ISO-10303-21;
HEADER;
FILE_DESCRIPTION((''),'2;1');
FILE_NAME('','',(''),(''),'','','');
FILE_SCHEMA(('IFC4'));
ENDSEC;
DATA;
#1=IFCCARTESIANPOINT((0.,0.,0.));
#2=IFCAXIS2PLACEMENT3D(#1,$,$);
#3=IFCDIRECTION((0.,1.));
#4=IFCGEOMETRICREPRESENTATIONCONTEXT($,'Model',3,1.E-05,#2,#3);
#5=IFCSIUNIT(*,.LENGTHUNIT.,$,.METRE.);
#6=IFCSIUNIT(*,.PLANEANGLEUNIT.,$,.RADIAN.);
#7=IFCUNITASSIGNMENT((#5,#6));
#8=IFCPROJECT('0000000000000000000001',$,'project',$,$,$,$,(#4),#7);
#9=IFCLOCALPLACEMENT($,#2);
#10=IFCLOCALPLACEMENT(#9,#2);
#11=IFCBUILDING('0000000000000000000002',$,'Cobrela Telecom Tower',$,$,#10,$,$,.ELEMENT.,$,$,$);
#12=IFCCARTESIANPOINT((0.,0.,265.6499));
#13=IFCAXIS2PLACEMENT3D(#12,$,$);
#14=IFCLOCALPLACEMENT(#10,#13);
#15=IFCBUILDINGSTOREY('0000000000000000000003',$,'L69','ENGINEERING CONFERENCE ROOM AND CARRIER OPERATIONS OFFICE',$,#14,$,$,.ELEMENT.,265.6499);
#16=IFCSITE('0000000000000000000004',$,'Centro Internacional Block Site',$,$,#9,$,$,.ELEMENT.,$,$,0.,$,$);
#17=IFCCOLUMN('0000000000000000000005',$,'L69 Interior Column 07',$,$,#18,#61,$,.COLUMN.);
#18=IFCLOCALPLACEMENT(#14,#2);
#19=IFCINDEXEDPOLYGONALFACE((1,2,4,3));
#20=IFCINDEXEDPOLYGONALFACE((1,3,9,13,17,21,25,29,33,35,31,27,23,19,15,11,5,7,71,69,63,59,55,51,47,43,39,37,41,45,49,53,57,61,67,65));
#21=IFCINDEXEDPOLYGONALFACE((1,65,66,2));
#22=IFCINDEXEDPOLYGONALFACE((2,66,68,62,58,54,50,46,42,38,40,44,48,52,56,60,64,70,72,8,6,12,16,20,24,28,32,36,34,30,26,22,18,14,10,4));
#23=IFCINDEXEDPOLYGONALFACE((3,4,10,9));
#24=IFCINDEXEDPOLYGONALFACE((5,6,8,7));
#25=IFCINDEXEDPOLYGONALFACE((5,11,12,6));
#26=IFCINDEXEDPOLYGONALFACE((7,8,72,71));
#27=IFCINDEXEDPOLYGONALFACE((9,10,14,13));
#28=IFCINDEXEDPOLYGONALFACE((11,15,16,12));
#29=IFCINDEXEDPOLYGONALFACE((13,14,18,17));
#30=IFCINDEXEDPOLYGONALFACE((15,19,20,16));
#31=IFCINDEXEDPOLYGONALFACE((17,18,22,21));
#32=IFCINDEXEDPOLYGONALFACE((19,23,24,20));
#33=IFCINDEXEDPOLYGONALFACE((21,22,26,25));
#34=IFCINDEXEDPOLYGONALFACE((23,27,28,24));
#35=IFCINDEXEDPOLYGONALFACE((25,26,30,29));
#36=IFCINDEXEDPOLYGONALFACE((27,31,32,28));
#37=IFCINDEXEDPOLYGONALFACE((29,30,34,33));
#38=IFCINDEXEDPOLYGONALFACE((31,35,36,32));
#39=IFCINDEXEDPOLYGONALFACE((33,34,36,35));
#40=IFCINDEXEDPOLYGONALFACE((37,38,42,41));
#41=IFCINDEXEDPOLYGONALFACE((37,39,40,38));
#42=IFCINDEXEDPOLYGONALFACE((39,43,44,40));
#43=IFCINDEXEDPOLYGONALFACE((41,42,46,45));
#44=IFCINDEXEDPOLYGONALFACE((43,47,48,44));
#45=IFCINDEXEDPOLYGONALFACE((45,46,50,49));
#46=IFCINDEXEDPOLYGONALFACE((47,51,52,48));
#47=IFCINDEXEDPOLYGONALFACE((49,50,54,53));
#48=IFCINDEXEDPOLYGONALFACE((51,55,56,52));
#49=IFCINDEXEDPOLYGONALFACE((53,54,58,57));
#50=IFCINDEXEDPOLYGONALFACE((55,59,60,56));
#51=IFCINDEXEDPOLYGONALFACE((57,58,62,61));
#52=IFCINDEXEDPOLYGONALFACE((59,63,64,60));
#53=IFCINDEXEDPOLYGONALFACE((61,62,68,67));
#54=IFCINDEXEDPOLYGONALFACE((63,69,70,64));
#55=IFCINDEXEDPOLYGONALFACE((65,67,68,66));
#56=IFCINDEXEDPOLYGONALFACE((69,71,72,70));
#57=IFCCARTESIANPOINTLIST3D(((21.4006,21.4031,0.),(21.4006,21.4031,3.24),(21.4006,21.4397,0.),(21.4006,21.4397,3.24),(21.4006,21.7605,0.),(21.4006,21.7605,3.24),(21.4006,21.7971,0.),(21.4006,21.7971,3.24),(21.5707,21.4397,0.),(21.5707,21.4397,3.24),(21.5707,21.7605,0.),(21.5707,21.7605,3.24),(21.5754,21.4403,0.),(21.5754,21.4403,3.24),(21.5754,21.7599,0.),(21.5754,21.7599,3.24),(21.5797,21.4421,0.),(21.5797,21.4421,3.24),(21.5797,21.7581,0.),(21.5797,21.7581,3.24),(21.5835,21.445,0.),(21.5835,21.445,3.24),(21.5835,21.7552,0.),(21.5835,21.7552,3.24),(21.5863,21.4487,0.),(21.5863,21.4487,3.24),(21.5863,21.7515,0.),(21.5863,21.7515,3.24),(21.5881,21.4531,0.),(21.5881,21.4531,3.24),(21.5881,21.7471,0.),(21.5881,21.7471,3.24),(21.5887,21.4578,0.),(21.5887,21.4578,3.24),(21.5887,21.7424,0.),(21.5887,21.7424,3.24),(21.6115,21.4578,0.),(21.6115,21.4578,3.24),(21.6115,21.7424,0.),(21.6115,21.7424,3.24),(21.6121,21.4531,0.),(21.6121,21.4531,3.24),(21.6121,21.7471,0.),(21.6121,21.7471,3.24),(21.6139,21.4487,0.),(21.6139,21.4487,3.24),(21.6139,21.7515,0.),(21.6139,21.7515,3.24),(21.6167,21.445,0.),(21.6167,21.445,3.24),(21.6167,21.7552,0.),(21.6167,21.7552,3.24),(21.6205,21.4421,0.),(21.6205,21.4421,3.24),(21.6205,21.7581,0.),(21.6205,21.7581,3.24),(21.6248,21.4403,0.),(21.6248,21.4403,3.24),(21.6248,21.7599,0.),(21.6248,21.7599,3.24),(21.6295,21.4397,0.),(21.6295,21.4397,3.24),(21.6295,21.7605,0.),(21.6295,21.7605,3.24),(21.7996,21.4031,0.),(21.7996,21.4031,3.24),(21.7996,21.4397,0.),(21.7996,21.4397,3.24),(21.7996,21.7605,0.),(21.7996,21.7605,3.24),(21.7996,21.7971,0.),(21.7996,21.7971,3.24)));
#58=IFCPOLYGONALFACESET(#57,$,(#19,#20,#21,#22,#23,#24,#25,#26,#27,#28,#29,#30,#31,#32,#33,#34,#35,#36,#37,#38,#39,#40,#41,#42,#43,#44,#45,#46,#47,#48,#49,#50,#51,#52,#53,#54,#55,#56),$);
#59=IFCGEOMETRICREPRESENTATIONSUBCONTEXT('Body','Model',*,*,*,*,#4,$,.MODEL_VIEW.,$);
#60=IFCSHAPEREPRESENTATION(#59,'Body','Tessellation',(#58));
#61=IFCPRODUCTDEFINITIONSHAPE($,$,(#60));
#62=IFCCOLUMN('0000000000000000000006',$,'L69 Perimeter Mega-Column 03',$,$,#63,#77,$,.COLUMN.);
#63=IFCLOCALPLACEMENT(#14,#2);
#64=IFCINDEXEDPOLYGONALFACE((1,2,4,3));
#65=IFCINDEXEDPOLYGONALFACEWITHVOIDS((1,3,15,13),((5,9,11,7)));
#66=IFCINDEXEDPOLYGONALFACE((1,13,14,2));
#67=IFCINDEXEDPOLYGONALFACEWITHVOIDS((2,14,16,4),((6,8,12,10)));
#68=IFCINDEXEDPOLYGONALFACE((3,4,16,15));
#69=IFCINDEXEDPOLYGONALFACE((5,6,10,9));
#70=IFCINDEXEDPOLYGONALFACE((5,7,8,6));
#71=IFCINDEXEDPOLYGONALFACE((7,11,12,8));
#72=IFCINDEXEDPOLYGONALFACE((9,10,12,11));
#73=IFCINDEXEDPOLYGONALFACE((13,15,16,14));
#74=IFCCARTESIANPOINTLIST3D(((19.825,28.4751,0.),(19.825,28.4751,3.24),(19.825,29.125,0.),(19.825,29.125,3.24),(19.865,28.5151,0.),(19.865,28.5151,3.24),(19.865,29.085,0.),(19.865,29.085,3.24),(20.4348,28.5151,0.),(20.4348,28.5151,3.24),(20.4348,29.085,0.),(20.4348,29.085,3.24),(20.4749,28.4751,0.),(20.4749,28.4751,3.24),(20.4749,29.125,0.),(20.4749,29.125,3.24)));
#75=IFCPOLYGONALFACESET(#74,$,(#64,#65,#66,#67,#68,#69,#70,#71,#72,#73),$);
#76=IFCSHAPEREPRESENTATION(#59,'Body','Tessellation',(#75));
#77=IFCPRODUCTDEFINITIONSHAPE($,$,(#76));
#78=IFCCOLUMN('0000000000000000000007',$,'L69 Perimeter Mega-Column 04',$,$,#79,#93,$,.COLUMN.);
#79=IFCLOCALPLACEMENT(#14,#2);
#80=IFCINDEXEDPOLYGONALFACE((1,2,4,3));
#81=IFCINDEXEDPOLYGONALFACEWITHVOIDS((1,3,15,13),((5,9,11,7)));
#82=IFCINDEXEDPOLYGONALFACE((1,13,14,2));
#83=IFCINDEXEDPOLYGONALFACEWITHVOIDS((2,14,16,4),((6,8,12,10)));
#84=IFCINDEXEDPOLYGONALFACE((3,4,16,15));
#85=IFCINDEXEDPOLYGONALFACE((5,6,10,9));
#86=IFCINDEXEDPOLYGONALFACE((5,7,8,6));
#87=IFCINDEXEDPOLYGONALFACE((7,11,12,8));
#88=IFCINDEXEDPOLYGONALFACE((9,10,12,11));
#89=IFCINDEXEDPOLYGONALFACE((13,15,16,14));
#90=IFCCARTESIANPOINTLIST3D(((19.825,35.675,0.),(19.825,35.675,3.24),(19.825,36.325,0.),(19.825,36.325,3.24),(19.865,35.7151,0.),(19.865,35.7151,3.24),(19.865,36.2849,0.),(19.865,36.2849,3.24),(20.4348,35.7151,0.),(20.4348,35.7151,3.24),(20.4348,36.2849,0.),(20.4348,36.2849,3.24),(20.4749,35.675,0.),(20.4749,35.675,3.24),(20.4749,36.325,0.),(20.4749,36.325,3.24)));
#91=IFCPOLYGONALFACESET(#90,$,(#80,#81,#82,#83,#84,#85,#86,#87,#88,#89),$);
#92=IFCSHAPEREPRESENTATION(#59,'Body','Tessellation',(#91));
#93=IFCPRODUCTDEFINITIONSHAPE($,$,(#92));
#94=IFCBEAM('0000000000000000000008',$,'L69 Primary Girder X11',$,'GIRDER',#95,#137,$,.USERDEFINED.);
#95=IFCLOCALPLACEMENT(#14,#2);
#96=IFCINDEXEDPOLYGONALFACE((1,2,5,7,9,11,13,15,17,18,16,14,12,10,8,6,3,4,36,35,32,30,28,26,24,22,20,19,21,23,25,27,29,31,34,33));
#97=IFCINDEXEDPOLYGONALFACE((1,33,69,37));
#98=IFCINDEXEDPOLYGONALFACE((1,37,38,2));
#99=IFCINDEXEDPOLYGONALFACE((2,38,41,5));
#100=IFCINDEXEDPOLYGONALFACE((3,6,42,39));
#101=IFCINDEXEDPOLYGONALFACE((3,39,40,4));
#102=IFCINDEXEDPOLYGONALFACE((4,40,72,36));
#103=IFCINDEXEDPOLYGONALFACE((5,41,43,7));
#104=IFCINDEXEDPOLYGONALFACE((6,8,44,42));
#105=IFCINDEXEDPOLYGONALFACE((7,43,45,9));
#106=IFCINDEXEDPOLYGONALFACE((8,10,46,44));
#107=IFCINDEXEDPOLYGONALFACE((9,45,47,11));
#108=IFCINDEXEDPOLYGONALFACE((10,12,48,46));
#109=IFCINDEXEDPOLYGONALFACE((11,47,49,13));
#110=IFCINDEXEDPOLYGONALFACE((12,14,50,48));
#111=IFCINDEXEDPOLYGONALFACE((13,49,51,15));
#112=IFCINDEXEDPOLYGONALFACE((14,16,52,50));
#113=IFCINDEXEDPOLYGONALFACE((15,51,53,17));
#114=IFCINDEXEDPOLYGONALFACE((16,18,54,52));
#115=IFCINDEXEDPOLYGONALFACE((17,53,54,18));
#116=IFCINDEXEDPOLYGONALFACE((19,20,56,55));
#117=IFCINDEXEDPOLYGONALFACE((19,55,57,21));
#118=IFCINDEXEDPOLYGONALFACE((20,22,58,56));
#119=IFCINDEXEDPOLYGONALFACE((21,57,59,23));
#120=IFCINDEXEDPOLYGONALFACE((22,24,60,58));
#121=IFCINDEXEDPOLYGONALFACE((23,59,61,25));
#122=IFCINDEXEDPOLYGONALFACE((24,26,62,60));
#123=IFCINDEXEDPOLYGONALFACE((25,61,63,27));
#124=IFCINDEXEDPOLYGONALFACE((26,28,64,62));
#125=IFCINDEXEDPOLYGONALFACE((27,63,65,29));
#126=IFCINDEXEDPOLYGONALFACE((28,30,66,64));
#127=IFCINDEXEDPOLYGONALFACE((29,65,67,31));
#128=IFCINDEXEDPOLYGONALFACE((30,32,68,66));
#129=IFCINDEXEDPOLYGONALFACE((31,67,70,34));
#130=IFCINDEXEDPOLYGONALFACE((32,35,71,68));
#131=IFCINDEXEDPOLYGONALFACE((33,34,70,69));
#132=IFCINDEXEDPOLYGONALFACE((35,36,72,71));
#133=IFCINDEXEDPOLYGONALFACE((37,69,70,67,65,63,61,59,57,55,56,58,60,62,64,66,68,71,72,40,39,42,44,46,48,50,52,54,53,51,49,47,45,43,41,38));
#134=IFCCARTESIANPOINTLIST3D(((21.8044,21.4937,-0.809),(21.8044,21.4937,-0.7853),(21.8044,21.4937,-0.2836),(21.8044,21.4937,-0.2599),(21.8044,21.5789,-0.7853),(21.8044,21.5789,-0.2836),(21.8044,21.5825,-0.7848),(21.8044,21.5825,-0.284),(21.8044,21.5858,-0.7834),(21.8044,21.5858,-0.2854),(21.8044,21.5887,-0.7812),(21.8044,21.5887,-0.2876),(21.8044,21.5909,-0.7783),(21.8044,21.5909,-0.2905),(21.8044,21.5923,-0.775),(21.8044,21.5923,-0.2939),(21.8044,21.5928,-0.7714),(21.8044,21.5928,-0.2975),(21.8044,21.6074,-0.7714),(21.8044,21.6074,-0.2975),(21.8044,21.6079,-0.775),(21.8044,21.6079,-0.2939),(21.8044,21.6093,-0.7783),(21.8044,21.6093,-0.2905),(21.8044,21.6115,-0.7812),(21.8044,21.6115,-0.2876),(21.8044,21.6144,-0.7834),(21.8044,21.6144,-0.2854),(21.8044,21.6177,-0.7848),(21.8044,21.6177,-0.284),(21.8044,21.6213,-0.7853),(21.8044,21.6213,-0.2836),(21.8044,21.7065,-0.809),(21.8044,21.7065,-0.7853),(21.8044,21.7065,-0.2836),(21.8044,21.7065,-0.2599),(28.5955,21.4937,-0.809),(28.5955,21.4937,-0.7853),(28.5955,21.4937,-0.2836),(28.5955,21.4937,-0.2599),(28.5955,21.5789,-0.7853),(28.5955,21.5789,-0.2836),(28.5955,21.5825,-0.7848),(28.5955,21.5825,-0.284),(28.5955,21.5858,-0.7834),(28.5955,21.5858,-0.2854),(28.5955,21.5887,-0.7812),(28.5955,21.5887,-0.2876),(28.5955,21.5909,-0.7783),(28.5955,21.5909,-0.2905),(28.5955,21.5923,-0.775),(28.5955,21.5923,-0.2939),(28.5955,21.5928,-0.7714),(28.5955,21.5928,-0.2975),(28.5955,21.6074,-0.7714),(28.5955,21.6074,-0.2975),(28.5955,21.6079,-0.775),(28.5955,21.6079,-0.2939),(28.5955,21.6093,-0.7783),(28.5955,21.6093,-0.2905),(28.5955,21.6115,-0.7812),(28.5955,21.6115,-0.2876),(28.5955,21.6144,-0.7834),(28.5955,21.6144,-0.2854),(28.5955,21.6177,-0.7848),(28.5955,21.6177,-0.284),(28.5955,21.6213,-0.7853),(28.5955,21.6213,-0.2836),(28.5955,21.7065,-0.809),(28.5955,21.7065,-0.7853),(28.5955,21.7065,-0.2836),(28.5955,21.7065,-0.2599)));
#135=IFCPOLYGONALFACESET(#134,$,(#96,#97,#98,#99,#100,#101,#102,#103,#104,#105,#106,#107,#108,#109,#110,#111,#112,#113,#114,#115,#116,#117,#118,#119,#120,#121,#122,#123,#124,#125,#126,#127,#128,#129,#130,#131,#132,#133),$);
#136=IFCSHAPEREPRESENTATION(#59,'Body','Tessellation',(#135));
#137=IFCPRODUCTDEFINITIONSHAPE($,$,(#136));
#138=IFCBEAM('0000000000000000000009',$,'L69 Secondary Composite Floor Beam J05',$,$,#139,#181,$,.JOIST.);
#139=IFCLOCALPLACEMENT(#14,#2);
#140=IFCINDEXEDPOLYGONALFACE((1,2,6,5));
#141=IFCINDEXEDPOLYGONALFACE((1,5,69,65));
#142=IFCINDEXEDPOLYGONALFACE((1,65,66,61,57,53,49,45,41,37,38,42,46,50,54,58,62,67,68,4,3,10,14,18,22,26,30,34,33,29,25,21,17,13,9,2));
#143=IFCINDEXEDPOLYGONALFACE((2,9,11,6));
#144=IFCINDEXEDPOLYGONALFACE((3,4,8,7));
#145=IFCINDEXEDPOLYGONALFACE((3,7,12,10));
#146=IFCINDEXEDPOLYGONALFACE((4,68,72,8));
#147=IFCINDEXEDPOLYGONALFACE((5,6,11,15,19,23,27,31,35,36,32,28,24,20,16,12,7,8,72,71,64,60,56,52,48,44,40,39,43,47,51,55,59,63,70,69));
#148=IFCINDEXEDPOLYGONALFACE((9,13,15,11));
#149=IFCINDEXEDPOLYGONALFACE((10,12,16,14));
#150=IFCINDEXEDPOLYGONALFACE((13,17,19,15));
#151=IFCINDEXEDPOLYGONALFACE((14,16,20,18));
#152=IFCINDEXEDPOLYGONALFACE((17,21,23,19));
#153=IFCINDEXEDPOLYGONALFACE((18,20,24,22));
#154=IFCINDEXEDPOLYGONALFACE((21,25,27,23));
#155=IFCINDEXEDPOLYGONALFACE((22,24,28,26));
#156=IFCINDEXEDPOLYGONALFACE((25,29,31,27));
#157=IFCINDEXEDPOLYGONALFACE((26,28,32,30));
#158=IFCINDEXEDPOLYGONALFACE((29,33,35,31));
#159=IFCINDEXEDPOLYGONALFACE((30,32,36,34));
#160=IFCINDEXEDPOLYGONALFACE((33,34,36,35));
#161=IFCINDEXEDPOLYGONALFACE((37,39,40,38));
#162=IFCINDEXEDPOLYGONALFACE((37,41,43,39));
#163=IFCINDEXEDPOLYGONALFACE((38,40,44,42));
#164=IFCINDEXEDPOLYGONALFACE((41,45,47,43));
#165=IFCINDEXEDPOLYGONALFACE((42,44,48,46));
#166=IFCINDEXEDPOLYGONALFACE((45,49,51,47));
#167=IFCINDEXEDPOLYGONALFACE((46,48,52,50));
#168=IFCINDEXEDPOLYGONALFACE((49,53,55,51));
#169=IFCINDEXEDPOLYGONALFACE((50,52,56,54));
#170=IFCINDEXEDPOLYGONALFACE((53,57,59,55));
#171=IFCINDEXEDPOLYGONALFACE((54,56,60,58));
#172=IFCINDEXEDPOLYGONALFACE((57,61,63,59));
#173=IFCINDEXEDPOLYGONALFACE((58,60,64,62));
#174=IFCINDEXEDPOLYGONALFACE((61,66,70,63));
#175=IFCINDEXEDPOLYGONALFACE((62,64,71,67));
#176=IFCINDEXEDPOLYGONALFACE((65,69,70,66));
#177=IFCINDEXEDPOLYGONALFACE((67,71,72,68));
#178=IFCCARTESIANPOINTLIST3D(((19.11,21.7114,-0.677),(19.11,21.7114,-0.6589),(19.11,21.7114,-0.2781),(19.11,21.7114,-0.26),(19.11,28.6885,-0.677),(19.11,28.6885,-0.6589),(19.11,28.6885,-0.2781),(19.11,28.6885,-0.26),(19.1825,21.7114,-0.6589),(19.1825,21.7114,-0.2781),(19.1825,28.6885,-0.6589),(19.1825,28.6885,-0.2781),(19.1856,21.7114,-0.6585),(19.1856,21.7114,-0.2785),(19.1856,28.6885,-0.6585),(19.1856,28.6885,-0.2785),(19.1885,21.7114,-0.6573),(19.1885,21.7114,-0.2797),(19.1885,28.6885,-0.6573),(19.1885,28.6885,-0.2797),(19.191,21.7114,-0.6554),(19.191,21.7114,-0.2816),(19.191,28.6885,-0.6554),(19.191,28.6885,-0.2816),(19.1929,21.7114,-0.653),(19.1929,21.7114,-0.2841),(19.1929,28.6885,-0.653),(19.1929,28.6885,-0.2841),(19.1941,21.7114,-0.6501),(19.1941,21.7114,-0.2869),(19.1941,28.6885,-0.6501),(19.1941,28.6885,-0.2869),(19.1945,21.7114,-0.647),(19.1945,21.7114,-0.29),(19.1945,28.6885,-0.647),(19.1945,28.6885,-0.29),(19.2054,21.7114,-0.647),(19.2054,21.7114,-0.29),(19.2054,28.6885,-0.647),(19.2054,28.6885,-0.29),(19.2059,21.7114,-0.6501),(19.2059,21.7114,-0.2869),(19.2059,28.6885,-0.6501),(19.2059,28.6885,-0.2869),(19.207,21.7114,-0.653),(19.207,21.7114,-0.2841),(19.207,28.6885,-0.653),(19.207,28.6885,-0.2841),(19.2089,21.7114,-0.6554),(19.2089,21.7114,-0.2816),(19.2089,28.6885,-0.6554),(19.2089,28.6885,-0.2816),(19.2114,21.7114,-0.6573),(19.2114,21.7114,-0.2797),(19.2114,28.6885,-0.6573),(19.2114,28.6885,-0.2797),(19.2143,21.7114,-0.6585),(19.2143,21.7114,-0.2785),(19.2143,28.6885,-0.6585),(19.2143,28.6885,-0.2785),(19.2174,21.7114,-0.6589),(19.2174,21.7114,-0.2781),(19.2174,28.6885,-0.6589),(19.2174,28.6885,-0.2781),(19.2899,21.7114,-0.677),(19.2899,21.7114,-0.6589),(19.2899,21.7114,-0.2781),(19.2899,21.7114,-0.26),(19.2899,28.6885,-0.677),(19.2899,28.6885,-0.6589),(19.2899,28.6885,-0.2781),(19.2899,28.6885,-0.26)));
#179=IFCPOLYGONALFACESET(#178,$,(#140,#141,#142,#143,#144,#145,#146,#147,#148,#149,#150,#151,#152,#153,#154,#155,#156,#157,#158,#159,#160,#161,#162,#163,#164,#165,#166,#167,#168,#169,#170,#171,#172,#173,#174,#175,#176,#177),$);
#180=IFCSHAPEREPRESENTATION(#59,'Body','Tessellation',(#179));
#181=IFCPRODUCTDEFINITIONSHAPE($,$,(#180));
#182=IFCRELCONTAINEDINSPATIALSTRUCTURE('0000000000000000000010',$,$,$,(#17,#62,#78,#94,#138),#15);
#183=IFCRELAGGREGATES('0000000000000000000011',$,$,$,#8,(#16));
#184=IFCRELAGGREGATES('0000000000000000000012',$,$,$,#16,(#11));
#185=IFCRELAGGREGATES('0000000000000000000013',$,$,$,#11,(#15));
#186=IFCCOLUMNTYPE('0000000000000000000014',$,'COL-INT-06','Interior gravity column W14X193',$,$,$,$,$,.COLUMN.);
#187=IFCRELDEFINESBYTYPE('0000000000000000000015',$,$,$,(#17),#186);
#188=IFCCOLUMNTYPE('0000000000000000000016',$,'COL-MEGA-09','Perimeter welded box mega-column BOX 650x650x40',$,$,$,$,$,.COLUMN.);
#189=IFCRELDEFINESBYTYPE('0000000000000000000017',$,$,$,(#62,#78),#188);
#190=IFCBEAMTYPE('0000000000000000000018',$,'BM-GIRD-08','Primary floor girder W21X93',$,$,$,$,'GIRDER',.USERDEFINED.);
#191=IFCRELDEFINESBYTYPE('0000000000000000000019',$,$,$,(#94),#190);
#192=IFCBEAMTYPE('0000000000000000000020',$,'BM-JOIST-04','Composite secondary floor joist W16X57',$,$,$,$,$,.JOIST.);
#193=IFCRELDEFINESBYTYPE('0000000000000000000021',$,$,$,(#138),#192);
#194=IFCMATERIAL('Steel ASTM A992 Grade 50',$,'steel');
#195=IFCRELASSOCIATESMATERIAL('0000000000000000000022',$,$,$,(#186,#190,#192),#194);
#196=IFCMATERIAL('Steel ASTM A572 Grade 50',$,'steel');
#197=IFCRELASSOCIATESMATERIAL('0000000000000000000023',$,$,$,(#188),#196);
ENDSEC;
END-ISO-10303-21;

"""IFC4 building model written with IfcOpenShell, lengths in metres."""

from ifc_helpers import new_model, si_unit, direction, frame, origin, origin_2d, place, context, subcontext, project, spatial, hollow_rectangle, i_section, extrude, material, material_profile, profile_set, type_object, element, save


model = new_model("IFC4")

# Units and contexts
model_context = context("Model", 3, precision=1e-05, world=origin(), true_north=direction((0.0, 1.0)))
body_context = subcontext(model_context, "Body", "Model", "MODEL_VIEW")
ifc_project = project(units=[si_unit("LENGTHUNIT", "METRE"), si_unit("PLANEANGLEUNIT", "RADIAN")], contexts=[model_context])

# Site, building, storey
site_placement = place(None, origin())
site = spatial("IfcSite", under=ifc_project, at=site_placement, Name="Centro Internacional Block Site", CompositionType="ELEMENT", RefElevation=0.0)
building_placement = place(site_placement, origin())
building = spatial("IfcBuilding", under=site, at=building_placement, Name="Cobrela Telecom Tower", CompositionType="ELEMENT")
storey_placement = place(building_placement, frame((0.0, 0.0, 265.6499)))
storey = spatial("IfcBuildingStorey", under=building, at=storey_placement, Name="L69", Description="ENGINEERING CONFERENCE ROOM AND CARRIER OPERATIONS OFFICE", CompositionType="ELEMENT", Elevation=265.6499)

# Columns
ifc_material_1 = material(Name="Steel ASTM A992 Grade 50", Category="steel")
ifc_material_profile_1 = material_profile(ifc_material_1, i_section(OverallWidth=0.3989, OverallDepth=0.394, WebThickness=0.0227, FlangeThickness=0.0366, FilletRadius=0.0181, at=origin_2d()), Name="W14X193")
ifc_profile_set_1 = profile_set([ifc_material_profile_1], Name="Steel ASTM A992 Grade 50")
column_type_1 = type_object("IfcColumnType", Name="COL-INT-06", Description="Interior gravity column W14X193", PredefinedType="COLUMN", material=ifc_profile_set_1)
column_placement = place(storey_placement, frame((21.6001, 21.6001, 0.0), z_axis=(0.0, 0.0, 1.0), x_axis=(1.0, 0.0, 0.0)))
element("IfcColumn", 1, at=column_placement, inside=storey, type_object=column_type_1, Name="L69 Interior Column 07", PredefinedType="COLUMN", context=body_context, shape_type="SweptSolid", body=[
    extrude(i_section(OverallWidth=0.3989, OverallDepth=0.394, WebThickness=0.0227, FlangeThickness=0.0366, FilletRadius=0.0181, at=origin_2d()), origin(), (0.0, 0.0, 1.0), 3.24),
])
ifc_material_2 = material(Name="Steel ASTM A572 Grade 50", Category="steel")
ifc_material_profile_2 = material_profile(ifc_material_2, hollow_rectangle(XDim=0.6499, YDim=0.6499, WallThickness=0.04, at=origin_2d()), Name="BOX 650x650x40")
ifc_profile_set_2 = profile_set([ifc_material_profile_2], Name="Steel ASTM A572 Grade 50")
column_type_2 = type_object("IfcColumnType", Name="COL-MEGA-09", Description="Perimeter welded box mega-column BOX 650x650x40", PredefinedType="COLUMN", material=ifc_profile_set_2)
for number, where, z_axis, x_axis, name in (
    (2, (20.1499, 28.8, 0.0), (0.0, 0.0, 1.0), (1.0, 0.0, 0.0), "L69 Perimeter Mega-Column 03"),
    (3, (20.1499, 36.0, 0.0), (0.0, 0.0, 1.0), (1.0, 0.0, 0.0), "L69 Perimeter Mega-Column 04"),
):
    element("IfcColumn", number, at=place(storey_placement, frame(where, z_axis=z_axis, x_axis=x_axis)), inside=storey, type_object=column_type_2, Name=name, PredefinedType="COLUMN", context=body_context, shape_type="SweptSolid", body=[
        extrude(hollow_rectangle(XDim=0.6499, YDim=0.6499, WallThickness=0.04, at=origin_2d()), origin(), (0.0, 0.0, 1.0), 3.24),
    ])

# Beams
ifc_material_profile_3 = material_profile(ifc_material_1, i_section(OverallWidth=0.2129, OverallDepth=0.5491, WebThickness=0.0146, FlangeThickness=0.0237, FilletRadius=0.0139, at=origin_2d()), Name="W21X93")
ifc_profile_set_3 = profile_set([ifc_material_profile_3], Name="Steel ASTM A992 Grade 50")
beam_type_1 = type_object("IfcBeamType", Name="BM-GIRD-08", Description="Primary floor girder W21X93", ElementType="GIRDER", PredefinedType="USERDEFINED", material=ifc_profile_set_3)
beam_1_placement = place(storey_placement, frame((21.8044, 21.6001, -0.5344), z_axis=(1.0, 0.0, 0.0), x_axis=(0.0, 1.0, 0.0)))
element("IfcBeam", 4, at=beam_1_placement, inside=storey, type_object=beam_type_1, Name="L69 Primary Girder X11", ObjectType="GIRDER", PredefinedType="USERDEFINED", context=body_context, shape_type="SweptSolid", body=[
    extrude(i_section(OverallWidth=0.2129, OverallDepth=0.5491, WebThickness=0.0146, FlangeThickness=0.0237, FilletRadius=0.0139, at=origin_2d()), origin(), (0.0, 0.0, 1.0), 6.791),
])
ifc_material_profile_4 = material_profile(ifc_material_1, i_section(OverallWidth=0.1799, OverallDepth=0.417, WebThickness=0.011, FlangeThickness=0.0181, FilletRadius=0.012, at=origin_2d()), Name="W16X57")
ifc_profile_set_4 = profile_set([ifc_material_profile_4], Name="Steel ASTM A992 Grade 50")
beam_type_2 = type_object("IfcBeamType", Name="BM-JOIST-04", Description="Composite secondary floor joist W16X57", PredefinedType="JOIST", material=ifc_profile_set_4)
beam_2_placement = place(storey_placement, frame((19.2, 21.7114, -0.4685), z_axis=(0.0, 1.0, 0.0), x_axis=(-1.0, 0.0, 0.0)))
element("IfcBeam", 5, at=beam_2_placement, inside=storey, type_object=beam_type_2, Name="L69 Secondary Composite Floor Beam J05", PredefinedType="JOIST", context=body_context, shape_type="SweptSolid", body=[
    extrude(i_section(OverallWidth=0.1799, OverallDepth=0.417, WebThickness=0.011, FlangeThickness=0.0181, FilletRadius=0.012, at=origin_2d()), origin(), (0.0, 0.0, 1.0), 6.9771),
])

save(model, "model.ifc")
